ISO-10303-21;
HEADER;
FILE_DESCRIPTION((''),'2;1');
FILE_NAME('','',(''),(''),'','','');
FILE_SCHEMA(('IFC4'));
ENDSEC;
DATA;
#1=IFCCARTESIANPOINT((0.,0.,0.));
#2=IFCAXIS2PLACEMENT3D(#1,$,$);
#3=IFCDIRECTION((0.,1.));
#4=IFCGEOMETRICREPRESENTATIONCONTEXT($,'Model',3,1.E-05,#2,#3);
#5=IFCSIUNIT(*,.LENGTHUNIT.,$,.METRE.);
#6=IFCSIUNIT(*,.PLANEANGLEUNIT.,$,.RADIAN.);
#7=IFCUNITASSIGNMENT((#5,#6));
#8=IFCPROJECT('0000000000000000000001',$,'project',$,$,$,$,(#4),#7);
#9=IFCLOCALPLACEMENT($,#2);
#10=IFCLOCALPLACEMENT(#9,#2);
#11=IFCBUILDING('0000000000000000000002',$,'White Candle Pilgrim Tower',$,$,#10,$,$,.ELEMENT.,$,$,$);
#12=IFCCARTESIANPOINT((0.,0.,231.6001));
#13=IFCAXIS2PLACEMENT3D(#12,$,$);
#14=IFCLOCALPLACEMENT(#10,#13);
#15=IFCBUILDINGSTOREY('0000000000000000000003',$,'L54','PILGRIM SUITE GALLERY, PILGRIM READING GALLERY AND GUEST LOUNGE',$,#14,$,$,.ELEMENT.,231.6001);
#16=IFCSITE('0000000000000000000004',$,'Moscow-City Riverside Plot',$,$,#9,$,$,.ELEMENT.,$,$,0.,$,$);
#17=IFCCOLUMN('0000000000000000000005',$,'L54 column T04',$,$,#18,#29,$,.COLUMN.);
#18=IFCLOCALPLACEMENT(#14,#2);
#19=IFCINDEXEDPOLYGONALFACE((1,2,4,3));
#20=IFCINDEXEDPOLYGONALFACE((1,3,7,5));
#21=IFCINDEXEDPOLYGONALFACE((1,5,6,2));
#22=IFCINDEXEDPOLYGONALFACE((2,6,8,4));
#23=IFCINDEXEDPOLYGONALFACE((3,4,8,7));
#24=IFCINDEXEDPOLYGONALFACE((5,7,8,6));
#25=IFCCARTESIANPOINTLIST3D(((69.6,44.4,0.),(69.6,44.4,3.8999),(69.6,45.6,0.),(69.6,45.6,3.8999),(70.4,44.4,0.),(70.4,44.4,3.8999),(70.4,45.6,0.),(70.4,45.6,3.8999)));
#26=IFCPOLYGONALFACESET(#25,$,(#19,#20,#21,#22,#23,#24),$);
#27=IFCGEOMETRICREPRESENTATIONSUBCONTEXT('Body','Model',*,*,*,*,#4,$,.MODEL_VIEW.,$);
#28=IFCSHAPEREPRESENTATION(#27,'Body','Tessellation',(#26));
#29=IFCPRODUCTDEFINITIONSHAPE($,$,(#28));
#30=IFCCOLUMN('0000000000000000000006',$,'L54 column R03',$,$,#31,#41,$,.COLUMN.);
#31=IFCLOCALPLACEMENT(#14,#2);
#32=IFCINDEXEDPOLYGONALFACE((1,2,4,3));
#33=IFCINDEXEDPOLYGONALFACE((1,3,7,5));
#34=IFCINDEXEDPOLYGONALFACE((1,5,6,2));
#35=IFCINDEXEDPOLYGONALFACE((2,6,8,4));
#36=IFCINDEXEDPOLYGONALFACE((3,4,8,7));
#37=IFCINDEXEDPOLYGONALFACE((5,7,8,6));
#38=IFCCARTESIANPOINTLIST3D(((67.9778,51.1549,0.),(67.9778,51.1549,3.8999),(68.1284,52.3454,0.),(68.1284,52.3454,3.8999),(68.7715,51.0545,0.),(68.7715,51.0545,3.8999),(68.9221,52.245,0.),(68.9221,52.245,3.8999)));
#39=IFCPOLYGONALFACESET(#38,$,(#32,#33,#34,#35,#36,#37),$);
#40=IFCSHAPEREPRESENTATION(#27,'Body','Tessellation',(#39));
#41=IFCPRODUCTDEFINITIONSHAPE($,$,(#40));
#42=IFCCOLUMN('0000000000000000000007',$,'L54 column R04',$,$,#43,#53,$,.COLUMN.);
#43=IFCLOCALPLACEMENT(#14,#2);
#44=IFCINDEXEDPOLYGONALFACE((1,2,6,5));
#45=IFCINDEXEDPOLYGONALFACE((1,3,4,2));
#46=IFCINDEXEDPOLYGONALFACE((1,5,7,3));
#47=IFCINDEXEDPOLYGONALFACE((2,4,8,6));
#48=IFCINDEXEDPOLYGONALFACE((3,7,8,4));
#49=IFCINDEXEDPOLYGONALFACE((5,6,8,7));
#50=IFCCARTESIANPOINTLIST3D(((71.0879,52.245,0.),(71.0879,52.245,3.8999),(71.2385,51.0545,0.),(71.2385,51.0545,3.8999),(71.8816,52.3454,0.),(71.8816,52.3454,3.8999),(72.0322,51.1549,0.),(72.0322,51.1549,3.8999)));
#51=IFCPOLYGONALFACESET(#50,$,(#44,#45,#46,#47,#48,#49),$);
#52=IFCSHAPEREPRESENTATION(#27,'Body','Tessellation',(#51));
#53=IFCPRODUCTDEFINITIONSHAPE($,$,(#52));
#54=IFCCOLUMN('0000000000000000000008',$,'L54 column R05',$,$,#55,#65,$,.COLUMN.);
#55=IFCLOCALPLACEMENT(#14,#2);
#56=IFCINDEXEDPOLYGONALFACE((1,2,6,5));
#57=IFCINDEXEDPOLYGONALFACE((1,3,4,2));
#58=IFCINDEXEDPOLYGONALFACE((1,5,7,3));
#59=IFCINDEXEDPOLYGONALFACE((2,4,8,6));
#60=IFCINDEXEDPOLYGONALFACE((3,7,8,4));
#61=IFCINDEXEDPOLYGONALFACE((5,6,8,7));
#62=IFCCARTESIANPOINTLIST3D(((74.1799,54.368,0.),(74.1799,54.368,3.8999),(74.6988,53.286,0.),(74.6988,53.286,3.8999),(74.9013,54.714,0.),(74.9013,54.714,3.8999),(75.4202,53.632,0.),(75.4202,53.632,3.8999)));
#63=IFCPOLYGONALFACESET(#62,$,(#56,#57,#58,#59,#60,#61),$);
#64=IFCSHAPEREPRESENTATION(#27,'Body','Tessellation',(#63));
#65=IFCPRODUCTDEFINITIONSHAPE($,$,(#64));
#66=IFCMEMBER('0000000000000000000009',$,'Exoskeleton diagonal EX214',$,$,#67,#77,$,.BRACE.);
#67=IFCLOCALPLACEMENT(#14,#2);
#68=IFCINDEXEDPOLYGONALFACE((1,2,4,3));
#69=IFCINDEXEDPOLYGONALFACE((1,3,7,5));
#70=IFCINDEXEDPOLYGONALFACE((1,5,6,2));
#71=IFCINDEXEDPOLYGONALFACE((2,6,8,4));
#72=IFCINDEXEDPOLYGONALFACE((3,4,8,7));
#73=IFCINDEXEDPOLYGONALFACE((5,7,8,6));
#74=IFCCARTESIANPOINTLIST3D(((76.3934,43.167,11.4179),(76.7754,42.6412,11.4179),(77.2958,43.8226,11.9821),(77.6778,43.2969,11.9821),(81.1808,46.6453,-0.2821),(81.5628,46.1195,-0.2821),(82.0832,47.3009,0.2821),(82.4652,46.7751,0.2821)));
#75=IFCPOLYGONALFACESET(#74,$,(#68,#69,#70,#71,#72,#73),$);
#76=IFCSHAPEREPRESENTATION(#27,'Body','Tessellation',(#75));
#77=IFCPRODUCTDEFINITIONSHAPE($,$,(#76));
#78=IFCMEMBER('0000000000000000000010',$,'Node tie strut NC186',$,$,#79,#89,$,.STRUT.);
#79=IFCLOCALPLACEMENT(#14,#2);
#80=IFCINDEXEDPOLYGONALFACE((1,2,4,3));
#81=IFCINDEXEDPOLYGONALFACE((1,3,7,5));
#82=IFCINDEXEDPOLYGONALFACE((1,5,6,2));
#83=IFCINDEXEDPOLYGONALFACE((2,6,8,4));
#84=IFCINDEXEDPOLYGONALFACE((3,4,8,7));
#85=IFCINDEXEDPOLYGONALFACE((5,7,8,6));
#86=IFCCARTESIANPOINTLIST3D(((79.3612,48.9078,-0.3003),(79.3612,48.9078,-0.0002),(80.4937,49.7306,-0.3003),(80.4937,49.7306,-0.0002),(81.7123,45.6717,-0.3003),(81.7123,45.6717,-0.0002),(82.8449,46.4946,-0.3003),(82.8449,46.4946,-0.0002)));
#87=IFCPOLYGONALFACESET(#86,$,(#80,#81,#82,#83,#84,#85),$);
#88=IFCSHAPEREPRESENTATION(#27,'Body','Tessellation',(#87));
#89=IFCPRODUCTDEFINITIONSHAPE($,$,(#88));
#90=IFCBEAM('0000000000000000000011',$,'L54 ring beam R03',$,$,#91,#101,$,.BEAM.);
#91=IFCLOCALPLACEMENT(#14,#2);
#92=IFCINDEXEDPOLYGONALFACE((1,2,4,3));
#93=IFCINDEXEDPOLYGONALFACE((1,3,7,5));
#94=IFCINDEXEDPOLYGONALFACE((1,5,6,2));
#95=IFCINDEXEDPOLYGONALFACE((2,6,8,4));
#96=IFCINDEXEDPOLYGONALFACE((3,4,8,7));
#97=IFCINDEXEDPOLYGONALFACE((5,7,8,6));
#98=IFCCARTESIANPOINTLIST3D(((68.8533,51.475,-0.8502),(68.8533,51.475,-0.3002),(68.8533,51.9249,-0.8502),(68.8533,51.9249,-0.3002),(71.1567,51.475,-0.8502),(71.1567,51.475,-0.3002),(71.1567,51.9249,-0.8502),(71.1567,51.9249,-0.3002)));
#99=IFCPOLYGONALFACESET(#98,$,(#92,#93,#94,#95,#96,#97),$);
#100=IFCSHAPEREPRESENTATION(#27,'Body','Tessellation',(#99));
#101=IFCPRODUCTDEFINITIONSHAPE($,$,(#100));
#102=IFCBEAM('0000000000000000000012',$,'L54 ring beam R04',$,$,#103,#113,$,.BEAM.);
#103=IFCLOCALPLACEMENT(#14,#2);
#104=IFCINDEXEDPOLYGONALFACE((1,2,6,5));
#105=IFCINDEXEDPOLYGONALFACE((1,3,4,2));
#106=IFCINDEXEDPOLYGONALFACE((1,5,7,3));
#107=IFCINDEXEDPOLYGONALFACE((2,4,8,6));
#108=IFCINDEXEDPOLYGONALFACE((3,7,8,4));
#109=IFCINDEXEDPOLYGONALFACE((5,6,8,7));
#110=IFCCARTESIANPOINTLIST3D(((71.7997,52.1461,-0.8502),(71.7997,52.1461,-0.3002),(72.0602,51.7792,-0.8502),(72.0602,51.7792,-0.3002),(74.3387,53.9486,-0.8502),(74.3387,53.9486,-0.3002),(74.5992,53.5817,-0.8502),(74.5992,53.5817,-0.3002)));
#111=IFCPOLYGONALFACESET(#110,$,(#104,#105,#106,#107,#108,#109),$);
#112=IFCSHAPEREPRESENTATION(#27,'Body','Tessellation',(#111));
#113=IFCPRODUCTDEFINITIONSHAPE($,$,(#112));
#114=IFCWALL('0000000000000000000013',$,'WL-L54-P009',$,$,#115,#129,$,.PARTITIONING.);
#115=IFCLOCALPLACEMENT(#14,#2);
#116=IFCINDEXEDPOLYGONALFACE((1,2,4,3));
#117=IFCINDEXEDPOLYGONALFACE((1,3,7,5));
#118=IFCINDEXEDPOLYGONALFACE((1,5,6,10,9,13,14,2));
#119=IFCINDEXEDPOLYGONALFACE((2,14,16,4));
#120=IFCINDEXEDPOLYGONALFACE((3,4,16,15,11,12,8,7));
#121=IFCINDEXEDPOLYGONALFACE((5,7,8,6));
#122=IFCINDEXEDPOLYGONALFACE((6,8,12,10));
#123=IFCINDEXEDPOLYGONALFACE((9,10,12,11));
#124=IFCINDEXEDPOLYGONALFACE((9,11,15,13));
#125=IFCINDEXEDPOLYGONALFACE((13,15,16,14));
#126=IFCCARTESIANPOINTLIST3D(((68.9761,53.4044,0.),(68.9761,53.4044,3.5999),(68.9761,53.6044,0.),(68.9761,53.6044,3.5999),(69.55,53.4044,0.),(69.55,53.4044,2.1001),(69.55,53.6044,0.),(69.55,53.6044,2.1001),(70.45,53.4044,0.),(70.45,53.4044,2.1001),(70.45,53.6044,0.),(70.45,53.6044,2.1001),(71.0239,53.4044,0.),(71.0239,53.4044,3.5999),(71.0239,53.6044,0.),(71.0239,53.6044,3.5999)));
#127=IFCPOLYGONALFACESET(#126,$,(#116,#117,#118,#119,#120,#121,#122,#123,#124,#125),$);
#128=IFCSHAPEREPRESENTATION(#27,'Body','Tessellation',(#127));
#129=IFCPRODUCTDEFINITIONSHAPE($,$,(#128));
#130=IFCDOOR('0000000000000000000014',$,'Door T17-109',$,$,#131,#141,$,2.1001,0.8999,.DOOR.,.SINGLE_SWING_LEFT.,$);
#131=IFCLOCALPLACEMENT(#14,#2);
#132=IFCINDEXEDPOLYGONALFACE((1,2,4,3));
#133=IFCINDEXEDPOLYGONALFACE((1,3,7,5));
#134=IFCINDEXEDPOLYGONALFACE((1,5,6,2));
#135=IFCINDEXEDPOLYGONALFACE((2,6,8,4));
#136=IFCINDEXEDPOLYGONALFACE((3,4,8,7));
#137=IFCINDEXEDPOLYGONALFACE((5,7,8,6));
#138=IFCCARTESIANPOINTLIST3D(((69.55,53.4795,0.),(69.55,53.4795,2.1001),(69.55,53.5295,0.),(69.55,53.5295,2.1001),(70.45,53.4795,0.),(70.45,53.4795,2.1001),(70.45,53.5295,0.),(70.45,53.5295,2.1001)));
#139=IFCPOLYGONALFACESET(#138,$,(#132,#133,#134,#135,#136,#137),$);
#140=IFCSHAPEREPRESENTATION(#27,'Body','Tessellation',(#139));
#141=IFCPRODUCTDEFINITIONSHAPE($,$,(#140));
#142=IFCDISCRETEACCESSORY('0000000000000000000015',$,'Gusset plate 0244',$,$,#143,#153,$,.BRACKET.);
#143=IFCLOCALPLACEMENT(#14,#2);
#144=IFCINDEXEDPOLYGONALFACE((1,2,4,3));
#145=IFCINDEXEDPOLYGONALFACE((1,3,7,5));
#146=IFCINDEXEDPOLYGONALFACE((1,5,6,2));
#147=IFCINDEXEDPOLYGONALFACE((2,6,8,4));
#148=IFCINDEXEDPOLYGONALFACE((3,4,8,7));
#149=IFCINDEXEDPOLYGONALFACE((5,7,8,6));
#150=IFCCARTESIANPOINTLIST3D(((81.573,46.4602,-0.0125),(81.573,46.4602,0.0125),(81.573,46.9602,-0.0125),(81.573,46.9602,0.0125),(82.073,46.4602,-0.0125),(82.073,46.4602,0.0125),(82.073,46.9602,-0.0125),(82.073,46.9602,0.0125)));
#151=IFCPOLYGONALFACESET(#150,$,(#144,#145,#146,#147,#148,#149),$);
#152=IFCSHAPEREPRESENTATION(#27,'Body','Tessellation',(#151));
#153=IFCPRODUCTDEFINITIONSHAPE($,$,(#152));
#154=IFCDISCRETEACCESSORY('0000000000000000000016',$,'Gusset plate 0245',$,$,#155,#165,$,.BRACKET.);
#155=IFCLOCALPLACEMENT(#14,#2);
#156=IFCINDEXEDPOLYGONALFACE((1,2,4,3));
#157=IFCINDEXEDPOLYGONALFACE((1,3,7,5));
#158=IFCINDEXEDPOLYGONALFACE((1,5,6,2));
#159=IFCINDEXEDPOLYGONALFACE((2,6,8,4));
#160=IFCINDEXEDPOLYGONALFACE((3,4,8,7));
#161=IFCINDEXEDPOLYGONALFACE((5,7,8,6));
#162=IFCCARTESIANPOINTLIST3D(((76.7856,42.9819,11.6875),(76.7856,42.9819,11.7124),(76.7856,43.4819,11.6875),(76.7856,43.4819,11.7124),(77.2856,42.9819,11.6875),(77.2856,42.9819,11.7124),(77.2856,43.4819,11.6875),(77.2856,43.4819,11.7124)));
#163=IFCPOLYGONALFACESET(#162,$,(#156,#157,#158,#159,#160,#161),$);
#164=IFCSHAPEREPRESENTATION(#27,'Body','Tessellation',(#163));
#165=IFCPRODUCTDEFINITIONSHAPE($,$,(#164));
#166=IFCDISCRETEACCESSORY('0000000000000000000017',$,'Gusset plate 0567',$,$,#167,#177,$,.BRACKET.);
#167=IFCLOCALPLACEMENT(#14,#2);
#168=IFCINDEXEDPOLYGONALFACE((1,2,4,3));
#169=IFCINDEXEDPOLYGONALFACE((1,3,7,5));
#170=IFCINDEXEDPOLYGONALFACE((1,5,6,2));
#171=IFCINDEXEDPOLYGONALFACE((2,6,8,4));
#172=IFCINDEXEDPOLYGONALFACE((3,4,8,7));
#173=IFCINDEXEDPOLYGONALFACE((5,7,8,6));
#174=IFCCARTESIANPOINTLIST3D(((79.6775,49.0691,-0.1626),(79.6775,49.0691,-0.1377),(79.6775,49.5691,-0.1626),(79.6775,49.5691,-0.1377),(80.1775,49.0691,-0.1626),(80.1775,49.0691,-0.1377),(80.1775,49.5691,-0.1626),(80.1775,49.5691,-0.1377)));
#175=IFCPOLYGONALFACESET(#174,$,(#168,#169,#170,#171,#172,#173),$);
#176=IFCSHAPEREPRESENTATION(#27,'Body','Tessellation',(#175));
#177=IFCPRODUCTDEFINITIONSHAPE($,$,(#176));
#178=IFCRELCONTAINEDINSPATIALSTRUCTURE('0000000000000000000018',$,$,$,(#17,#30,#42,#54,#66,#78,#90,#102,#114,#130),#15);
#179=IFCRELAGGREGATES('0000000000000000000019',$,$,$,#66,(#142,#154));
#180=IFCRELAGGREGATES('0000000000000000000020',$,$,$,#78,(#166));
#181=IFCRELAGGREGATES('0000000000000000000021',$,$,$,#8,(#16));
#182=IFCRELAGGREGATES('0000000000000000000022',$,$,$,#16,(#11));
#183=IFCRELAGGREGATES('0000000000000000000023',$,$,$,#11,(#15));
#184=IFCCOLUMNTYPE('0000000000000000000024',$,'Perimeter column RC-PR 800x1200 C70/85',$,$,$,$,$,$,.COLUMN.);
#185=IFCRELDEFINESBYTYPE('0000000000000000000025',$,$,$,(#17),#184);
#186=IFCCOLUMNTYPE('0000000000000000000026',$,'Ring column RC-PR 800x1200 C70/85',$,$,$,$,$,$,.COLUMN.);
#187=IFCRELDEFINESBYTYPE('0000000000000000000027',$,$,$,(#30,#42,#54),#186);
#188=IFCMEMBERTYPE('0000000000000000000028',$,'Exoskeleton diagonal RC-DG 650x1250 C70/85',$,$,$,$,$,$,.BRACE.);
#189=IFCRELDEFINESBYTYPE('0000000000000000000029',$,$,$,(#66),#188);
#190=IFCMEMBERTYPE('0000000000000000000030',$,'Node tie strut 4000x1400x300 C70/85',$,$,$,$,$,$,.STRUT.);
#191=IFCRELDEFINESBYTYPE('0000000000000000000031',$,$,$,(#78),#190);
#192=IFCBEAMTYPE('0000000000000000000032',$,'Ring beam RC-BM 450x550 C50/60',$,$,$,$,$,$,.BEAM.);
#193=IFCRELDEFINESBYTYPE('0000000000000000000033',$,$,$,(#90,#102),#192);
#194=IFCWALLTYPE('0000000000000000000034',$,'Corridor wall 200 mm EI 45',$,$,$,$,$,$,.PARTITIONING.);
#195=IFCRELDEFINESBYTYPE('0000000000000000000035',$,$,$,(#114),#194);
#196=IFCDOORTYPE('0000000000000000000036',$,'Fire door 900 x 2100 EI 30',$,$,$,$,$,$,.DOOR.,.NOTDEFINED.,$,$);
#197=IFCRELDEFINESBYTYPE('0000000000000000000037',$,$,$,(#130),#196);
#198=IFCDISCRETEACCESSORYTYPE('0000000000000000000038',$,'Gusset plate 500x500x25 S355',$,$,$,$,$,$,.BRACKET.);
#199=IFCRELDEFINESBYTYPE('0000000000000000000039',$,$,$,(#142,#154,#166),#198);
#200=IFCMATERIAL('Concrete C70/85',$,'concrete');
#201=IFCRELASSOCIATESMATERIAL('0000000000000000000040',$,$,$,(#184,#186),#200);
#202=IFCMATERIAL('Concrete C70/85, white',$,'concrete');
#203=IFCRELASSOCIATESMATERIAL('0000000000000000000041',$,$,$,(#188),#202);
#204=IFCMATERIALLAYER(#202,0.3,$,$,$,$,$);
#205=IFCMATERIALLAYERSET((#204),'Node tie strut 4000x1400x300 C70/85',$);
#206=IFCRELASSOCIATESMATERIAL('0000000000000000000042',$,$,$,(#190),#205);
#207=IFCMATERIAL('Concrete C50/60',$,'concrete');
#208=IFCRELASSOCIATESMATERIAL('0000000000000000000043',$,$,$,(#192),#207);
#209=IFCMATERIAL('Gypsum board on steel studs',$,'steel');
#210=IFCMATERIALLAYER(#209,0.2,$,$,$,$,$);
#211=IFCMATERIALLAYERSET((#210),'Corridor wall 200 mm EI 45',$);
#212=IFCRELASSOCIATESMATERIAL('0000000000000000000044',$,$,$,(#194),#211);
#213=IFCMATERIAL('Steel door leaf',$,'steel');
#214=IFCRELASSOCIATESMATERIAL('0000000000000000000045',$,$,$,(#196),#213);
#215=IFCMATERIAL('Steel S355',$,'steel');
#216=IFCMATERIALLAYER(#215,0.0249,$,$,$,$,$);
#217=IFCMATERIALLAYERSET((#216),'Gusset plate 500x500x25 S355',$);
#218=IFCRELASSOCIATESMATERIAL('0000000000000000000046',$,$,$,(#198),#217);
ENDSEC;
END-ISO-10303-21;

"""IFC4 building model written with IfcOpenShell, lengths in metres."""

from ifc_helpers import new_model, si_unit, direction, frame, frame_2d, origin, origin_2d, place, context, subcontext, project, spatial, rectangle, extrude, material, layer, layer_set, material_profile, profile_set, type_object, element, fill, aggregate, save


model = new_model("IFC4")

# Units and contexts
model_context = context("Model", 3, precision=1e-05, world=origin(), true_north=direction((0.0, 1.0)))
body_context = subcontext(model_context, "Body", "Model", "MODEL_VIEW")
ifc_project = project(units=[si_unit("LENGTHUNIT", "METRE"), si_unit("PLANEANGLEUNIT", "RADIAN")], contexts=[model_context])

# Site, building, storey
site_placement = place(None, origin())
site = spatial("IfcSite", under=ifc_project, at=site_placement, Name="Moscow-City Riverside Plot", CompositionType="ELEMENT", RefElevation=0.0)
building_placement = place(site_placement, origin())
building = spatial("IfcBuilding", under=site, at=building_placement, Name="White Candle Pilgrim Tower", CompositionType="ELEMENT")
storey_placement = place(building_placement, frame((0.0, 0.0, 231.6001)))
storey = spatial("IfcBuildingStorey", under=building, at=storey_placement, Name="L54", Description="PILGRIM SUITE GALLERY, PILGRIM READING GALLERY AND GUEST LOUNGE", CompositionType="ELEMENT", Elevation=231.6001)

# Columns
ifc_material_1 = material(Name="Concrete C70/85", Category="concrete")
ifc_material_profile_1 = material_profile(ifc_material_1, rectangle(XDim=0.8, YDim=1.2, at=origin_2d()), Name="RC-PR 800x1200")
ifc_profile_set_1 = profile_set([ifc_material_profile_1], Name="Concrete C70/85")
column_type_1 = type_object("IfcColumnType", Name="Perimeter column RC-PR 800x1200 C70/85", PredefinedType="COLUMN", material=ifc_profile_set_1)
column_placement = place(storey_placement, frame((70.0, 45.0, 0.0), z_axis=(0.0, 0.0, 1.0), x_axis=(-1.0, 0.0, 0.0)))
element("IfcColumn", 1, at=column_placement, inside=storey, type_object=column_type_1, Name="L54 column T04", PredefinedType="COLUMN", context=body_context, shape_type="SweptSolid", body=[
    extrude(rectangle(XDim=0.8, YDim=1.2, at=origin_2d()), origin(), (0.0, 0.0, 1.0), 3.8999),
])
ifc_material_profile_2 = material_profile(ifc_material_1, rectangle(XDim=0.8, YDim=1.2, at=origin_2d()), Name="RC-PR 800x1200")
ifc_profile_set_2 = profile_set([ifc_material_profile_2], Name="Concrete C70/85")
column_type_2 = type_object("IfcColumnType", Name="Ring column RC-PR 800x1200 C70/85", PredefinedType="COLUMN", material=ifc_profile_set_2)
for number, where, z_axis, x_axis, name in (
    (2, (68.45, 51.7, 0.0), (0.0, 0.0, 1.0), (-0.992093, 0.125506, 0.0), "L54 column R03"),
    (3, (71.5601, 51.7, 0.0), (0.0, 0.0, 1.0), (-0.992093, -0.125506, 0.0), "L54 column R04"),
    (4, (74.8, 54.0, 0.0), (0.0, 0.0, 1.0), (-0.901689, -0.432385, 0.0), "L54 column R05"),
):
    element("IfcColumn", number, at=place(storey_placement, frame(where, z_axis=z_axis, x_axis=x_axis)), inside=storey, type_object=column_type_2, Name=name, PredefinedType="COLUMN", context=body_context, shape_type="SweptSolid", body=[
        extrude(rectangle(XDim=0.8, YDim=1.2, at=origin_2d()), origin(), (0.0, 0.0, 1.0), 3.8999),
    ])

# Members
ifc_material_2 = material(Name="Concrete C70/85, white", Category="concrete")
ifc_material_profile_3 = material_profile(ifc_material_2, rectangle(XDim=0.6499, YDim=1.25, at=origin_2d()), Name="RC-DG 650x1250")
ifc_profile_set_3 = profile_set([ifc_material_profile_3], Name="Concrete C70/85, white")
member_type_1 = type_object("IfcMemberType", Name="Exoskeleton diagonal RC-DG 650x1250 C70/85", PredefinedType="BRACE", material=ifc_profile_set_3)
member_1_placement = place(storey_placement, frame((81.823, 46.7102, 0.0), z_axis=(-0.365132, -0.265288, 0.892357), x_axis=(0.587791, -0.809013, 0.0)))
member_1 = element("IfcMember", 5, at=member_1_placement, inside=storey, type_object=member_type_1, Name="Exoskeleton diagonal EX214", PredefinedType="BRACE", context=body_context, shape_type="SweptSolid", body=[
    extrude(rectangle(XDim=0.6499, YDim=1.25, at=origin_2d()), origin(), (0.0, 0.0, 1.0), 13.1113),
])
ifc_layer_1 = layer(ifc_material_2, 0.3)
ifc_layer_set_1 = layer_set([ifc_layer_1], Name="Node tie strut 4000x1400x300 C70/85")
member_type_2 = type_object("IfcMemberType", Name="Node tie strut 4000x1400x300 C70/85", PredefinedType="STRUT", material=ifc_layer_set_1)
member_2_placement = place(storey_placement, frame((81.103, 47.7012, -0.3003), z_axis=(0.0, 0.0, 1.0), x_axis=(0.809017, 0.587785, 0.0)))
member_2 = element("IfcMember", 6, at=member_2_placement, inside=storey, type_object=member_type_2, Name="Node tie strut NC186", PredefinedType="STRUT", context=body_context, shape_type="SweptSolid", body=[
    extrude(rectangle(XDim=1.3999, YDim=4.0, at=origin_2d()), origin(), (0.0, 0.0, 1.0), 0.3),
])

# Beams
ifc_material_3 = material(Name="Concrete C50/60", Category="concrete")
ifc_material_profile_4 = material_profile(ifc_material_3, rectangle(XDim=0.45, YDim=0.55, at=origin_2d()), Name="RC-BM 450x550")
ifc_profile_set_4 = profile_set([ifc_material_profile_4], Name="Concrete C50/60")
beam_type = type_object("IfcBeamType", Name="Ring beam RC-BM 450x550 C50/60", PredefinedType="BEAM", material=ifc_profile_set_4)
beam_1_placement = place(storey_placement, frame((68.8533, 51.7, -0.5752), z_axis=(1.0, 0.0, 0.0), x_axis=(0.0, 1.0, 0.0)))
element("IfcBeam", 7, at=beam_1_placement, inside=storey, type_object=beam_type, Name="L54 ring beam R03", PredefinedType="BEAM", context=body_context, shape_type="SweptSolid", body=[
    extrude(rectangle(XDim=0.45, YDim=0.55, at=origin_2d()), origin(), (0.0, 0.0, 1.0), 2.3035),
])
beam_2_placement = place(storey_placement, frame((71.9299, 51.9626, -0.5752), z_axis=(0.81542, 0.57887, 0.0), x_axis=(-0.57887, 0.81542, 0.0)))
element("IfcBeam", 8, at=beam_2_placement, inside=storey, type_object=beam_type, Name="L54 ring beam R04", PredefinedType="BEAM", context=body_context, shape_type="SweptSolid", body=[
    extrude(rectangle(XDim=0.45, YDim=0.55, at=origin_2d()), origin(), (0.0, 0.0, 1.0), 3.1138),
])

# Wall, opening, door
ifc_material_4 = material(Name="Gypsum board on steel studs", Category="steel")
ifc_layer_2 = layer(ifc_material_4, 0.2)
ifc_layer_set_2 = layer_set([ifc_layer_2], Name="Corridor wall 200 mm EI 45")
wall_type_1 = type_object("IfcWallType", Name="Corridor wall 200 mm EI 45", PredefinedType="PARTITIONING", material=ifc_layer_set_2)
wall_1_placement = place(storey_placement, frame((71.0239, 53.5044, 0.0), z_axis=(0.0, 0.0, 1.0), x_axis=(-1.0, 0.0, 0.0)))
wall_1 = element("IfcWall", 9, at=wall_1_placement, inside=storey, type_object=wall_type_1, Name="WL-L54-P009", PredefinedType="PARTITIONING", context=body_context, shape_type="SweptSolid", body=[
    extrude(rectangle(XDim=2.0479, YDim=0.2, at=frame_2d((1.0239, 0.0))), origin(), (0.0, 0.0, 1.0), 3.5999),
])
opening_1_placement = place(wall_1_placement, frame((0.574, 0.0, 0.0)))
opening_1 = element("IfcOpeningElement", 10, at=opening_1_placement, cuts=wall_1, PredefinedType="OPENING", context=body_context, shape_type="SweptSolid", body=[
    extrude(rectangle(XDim=0.8999, YDim=2.1001, at=frame_2d((0.45, 1.05))), frame((0.0, 0.1099, 0.0), z_axis=(0.0, -1.0, 0.0), x_axis=(1.0, 0.0, 0.0)), (0.0, 0.0, 1.0), 0.22),
])
ifc_material_5 = material(Name="Steel door leaf", Category="steel")
door_type = type_object("IfcDoorType", Name="Fire door 900 x 2100 EI 30", OperationType="NOTDEFINED", PredefinedType="DOOR", material=ifc_material_5)
door_1_placement = place(opening_1_placement, origin())
door_1 = element("IfcDoor", 11, at=door_1_placement, inside=storey, type_object=door_type, Name="Door T17-109", OperationType="SINGLE_SWING_LEFT", OverallHeight=2.1001, OverallWidth=0.8999, PredefinedType="DOOR", context=body_context, shape_type="SweptSolid", body=[
    extrude(rectangle(XDim=0.8999, YDim=2.1001, at=frame_2d((0.45, 1.05))), frame((0.0, 0.0249, 0.0), z_axis=(0.0, -1.0, 0.0), x_axis=(1.0, 0.0, 0.0)), (0.0, 0.0, 1.0), 0.05),
])
fill(opening_1, door_1)

# Discrete accessories
ifc_material_6 = material(Name="Steel S355", Category="steel")
ifc_layer_3 = layer(ifc_material_6, 0.0249)
ifc_layer_set_3 = layer_set([ifc_layer_3], Name="Gusset plate 500x500x25 S355")
discrete_accessory_type = type_object("IfcDiscreteAccessoryType", Name="Gusset plate 500x500x25 S355", PredefinedType="BRACKET", material=ifc_layer_set_3)
discrete_accessory_1_placement = place(storey_placement, frame((81.823, 46.7102, -0.0125), z_axis=(0.0, 0.0, 1.0), x_axis=(1.0, 0.0, 0.0)))
discrete_accessory_1 = element("IfcDiscreteAccessory", 12, at=discrete_accessory_1_placement, type_object=discrete_accessory_type, Name="Gusset plate 0244", PredefinedType="BRACKET", context=body_context, shape_type="SweptSolid", body=[
    extrude(rectangle(XDim=0.5, YDim=0.5, at=origin_2d()), origin(), (0.0, 0.0, 1.0), 0.0249),
])
placement = place(building_placement, frame((0.0, 0.0, 243.3)))
discrete_accessory_2_placement = place(placement, frame((77.0356, 43.2319, -0.0125), z_axis=(0.0, 0.0, 1.0), x_axis=(1.0, 0.0, 0.0)))
discrete_accessory_2 = element("IfcDiscreteAccessory", 13, at=discrete_accessory_2_placement, type_object=discrete_accessory_type, Name="Gusset plate 0245", PredefinedType="BRACKET", context=body_context, shape_type="SweptSolid", body=[
    extrude(rectangle(XDim=0.5, YDim=0.5, at=origin_2d()), origin(), (0.0, 0.0, 1.0), 0.0249),
])
aggregate(member_1, [discrete_accessory_1, discrete_accessory_2])
discrete_accessory_3_placement = place(storey_placement, frame((79.9275, 49.3191, -0.1626), z_axis=(0.0, 0.0, 1.0), x_axis=(1.0, 0.0, 0.0)))
discrete_accessory_3 = element("IfcDiscreteAccessory", 14, at=discrete_accessory_3_placement, type_object=discrete_accessory_type, Name="Gusset plate 0567", PredefinedType="BRACKET", context=body_context, shape_type="SweptSolid", body=[
    extrude(rectangle(XDim=0.5, YDim=0.5, at=origin_2d()), origin(), (0.0, 0.0, 1.0), 0.0249),
])
aggregate(member_2, [discrete_accessory_3])

save(model, "model.ifc")
